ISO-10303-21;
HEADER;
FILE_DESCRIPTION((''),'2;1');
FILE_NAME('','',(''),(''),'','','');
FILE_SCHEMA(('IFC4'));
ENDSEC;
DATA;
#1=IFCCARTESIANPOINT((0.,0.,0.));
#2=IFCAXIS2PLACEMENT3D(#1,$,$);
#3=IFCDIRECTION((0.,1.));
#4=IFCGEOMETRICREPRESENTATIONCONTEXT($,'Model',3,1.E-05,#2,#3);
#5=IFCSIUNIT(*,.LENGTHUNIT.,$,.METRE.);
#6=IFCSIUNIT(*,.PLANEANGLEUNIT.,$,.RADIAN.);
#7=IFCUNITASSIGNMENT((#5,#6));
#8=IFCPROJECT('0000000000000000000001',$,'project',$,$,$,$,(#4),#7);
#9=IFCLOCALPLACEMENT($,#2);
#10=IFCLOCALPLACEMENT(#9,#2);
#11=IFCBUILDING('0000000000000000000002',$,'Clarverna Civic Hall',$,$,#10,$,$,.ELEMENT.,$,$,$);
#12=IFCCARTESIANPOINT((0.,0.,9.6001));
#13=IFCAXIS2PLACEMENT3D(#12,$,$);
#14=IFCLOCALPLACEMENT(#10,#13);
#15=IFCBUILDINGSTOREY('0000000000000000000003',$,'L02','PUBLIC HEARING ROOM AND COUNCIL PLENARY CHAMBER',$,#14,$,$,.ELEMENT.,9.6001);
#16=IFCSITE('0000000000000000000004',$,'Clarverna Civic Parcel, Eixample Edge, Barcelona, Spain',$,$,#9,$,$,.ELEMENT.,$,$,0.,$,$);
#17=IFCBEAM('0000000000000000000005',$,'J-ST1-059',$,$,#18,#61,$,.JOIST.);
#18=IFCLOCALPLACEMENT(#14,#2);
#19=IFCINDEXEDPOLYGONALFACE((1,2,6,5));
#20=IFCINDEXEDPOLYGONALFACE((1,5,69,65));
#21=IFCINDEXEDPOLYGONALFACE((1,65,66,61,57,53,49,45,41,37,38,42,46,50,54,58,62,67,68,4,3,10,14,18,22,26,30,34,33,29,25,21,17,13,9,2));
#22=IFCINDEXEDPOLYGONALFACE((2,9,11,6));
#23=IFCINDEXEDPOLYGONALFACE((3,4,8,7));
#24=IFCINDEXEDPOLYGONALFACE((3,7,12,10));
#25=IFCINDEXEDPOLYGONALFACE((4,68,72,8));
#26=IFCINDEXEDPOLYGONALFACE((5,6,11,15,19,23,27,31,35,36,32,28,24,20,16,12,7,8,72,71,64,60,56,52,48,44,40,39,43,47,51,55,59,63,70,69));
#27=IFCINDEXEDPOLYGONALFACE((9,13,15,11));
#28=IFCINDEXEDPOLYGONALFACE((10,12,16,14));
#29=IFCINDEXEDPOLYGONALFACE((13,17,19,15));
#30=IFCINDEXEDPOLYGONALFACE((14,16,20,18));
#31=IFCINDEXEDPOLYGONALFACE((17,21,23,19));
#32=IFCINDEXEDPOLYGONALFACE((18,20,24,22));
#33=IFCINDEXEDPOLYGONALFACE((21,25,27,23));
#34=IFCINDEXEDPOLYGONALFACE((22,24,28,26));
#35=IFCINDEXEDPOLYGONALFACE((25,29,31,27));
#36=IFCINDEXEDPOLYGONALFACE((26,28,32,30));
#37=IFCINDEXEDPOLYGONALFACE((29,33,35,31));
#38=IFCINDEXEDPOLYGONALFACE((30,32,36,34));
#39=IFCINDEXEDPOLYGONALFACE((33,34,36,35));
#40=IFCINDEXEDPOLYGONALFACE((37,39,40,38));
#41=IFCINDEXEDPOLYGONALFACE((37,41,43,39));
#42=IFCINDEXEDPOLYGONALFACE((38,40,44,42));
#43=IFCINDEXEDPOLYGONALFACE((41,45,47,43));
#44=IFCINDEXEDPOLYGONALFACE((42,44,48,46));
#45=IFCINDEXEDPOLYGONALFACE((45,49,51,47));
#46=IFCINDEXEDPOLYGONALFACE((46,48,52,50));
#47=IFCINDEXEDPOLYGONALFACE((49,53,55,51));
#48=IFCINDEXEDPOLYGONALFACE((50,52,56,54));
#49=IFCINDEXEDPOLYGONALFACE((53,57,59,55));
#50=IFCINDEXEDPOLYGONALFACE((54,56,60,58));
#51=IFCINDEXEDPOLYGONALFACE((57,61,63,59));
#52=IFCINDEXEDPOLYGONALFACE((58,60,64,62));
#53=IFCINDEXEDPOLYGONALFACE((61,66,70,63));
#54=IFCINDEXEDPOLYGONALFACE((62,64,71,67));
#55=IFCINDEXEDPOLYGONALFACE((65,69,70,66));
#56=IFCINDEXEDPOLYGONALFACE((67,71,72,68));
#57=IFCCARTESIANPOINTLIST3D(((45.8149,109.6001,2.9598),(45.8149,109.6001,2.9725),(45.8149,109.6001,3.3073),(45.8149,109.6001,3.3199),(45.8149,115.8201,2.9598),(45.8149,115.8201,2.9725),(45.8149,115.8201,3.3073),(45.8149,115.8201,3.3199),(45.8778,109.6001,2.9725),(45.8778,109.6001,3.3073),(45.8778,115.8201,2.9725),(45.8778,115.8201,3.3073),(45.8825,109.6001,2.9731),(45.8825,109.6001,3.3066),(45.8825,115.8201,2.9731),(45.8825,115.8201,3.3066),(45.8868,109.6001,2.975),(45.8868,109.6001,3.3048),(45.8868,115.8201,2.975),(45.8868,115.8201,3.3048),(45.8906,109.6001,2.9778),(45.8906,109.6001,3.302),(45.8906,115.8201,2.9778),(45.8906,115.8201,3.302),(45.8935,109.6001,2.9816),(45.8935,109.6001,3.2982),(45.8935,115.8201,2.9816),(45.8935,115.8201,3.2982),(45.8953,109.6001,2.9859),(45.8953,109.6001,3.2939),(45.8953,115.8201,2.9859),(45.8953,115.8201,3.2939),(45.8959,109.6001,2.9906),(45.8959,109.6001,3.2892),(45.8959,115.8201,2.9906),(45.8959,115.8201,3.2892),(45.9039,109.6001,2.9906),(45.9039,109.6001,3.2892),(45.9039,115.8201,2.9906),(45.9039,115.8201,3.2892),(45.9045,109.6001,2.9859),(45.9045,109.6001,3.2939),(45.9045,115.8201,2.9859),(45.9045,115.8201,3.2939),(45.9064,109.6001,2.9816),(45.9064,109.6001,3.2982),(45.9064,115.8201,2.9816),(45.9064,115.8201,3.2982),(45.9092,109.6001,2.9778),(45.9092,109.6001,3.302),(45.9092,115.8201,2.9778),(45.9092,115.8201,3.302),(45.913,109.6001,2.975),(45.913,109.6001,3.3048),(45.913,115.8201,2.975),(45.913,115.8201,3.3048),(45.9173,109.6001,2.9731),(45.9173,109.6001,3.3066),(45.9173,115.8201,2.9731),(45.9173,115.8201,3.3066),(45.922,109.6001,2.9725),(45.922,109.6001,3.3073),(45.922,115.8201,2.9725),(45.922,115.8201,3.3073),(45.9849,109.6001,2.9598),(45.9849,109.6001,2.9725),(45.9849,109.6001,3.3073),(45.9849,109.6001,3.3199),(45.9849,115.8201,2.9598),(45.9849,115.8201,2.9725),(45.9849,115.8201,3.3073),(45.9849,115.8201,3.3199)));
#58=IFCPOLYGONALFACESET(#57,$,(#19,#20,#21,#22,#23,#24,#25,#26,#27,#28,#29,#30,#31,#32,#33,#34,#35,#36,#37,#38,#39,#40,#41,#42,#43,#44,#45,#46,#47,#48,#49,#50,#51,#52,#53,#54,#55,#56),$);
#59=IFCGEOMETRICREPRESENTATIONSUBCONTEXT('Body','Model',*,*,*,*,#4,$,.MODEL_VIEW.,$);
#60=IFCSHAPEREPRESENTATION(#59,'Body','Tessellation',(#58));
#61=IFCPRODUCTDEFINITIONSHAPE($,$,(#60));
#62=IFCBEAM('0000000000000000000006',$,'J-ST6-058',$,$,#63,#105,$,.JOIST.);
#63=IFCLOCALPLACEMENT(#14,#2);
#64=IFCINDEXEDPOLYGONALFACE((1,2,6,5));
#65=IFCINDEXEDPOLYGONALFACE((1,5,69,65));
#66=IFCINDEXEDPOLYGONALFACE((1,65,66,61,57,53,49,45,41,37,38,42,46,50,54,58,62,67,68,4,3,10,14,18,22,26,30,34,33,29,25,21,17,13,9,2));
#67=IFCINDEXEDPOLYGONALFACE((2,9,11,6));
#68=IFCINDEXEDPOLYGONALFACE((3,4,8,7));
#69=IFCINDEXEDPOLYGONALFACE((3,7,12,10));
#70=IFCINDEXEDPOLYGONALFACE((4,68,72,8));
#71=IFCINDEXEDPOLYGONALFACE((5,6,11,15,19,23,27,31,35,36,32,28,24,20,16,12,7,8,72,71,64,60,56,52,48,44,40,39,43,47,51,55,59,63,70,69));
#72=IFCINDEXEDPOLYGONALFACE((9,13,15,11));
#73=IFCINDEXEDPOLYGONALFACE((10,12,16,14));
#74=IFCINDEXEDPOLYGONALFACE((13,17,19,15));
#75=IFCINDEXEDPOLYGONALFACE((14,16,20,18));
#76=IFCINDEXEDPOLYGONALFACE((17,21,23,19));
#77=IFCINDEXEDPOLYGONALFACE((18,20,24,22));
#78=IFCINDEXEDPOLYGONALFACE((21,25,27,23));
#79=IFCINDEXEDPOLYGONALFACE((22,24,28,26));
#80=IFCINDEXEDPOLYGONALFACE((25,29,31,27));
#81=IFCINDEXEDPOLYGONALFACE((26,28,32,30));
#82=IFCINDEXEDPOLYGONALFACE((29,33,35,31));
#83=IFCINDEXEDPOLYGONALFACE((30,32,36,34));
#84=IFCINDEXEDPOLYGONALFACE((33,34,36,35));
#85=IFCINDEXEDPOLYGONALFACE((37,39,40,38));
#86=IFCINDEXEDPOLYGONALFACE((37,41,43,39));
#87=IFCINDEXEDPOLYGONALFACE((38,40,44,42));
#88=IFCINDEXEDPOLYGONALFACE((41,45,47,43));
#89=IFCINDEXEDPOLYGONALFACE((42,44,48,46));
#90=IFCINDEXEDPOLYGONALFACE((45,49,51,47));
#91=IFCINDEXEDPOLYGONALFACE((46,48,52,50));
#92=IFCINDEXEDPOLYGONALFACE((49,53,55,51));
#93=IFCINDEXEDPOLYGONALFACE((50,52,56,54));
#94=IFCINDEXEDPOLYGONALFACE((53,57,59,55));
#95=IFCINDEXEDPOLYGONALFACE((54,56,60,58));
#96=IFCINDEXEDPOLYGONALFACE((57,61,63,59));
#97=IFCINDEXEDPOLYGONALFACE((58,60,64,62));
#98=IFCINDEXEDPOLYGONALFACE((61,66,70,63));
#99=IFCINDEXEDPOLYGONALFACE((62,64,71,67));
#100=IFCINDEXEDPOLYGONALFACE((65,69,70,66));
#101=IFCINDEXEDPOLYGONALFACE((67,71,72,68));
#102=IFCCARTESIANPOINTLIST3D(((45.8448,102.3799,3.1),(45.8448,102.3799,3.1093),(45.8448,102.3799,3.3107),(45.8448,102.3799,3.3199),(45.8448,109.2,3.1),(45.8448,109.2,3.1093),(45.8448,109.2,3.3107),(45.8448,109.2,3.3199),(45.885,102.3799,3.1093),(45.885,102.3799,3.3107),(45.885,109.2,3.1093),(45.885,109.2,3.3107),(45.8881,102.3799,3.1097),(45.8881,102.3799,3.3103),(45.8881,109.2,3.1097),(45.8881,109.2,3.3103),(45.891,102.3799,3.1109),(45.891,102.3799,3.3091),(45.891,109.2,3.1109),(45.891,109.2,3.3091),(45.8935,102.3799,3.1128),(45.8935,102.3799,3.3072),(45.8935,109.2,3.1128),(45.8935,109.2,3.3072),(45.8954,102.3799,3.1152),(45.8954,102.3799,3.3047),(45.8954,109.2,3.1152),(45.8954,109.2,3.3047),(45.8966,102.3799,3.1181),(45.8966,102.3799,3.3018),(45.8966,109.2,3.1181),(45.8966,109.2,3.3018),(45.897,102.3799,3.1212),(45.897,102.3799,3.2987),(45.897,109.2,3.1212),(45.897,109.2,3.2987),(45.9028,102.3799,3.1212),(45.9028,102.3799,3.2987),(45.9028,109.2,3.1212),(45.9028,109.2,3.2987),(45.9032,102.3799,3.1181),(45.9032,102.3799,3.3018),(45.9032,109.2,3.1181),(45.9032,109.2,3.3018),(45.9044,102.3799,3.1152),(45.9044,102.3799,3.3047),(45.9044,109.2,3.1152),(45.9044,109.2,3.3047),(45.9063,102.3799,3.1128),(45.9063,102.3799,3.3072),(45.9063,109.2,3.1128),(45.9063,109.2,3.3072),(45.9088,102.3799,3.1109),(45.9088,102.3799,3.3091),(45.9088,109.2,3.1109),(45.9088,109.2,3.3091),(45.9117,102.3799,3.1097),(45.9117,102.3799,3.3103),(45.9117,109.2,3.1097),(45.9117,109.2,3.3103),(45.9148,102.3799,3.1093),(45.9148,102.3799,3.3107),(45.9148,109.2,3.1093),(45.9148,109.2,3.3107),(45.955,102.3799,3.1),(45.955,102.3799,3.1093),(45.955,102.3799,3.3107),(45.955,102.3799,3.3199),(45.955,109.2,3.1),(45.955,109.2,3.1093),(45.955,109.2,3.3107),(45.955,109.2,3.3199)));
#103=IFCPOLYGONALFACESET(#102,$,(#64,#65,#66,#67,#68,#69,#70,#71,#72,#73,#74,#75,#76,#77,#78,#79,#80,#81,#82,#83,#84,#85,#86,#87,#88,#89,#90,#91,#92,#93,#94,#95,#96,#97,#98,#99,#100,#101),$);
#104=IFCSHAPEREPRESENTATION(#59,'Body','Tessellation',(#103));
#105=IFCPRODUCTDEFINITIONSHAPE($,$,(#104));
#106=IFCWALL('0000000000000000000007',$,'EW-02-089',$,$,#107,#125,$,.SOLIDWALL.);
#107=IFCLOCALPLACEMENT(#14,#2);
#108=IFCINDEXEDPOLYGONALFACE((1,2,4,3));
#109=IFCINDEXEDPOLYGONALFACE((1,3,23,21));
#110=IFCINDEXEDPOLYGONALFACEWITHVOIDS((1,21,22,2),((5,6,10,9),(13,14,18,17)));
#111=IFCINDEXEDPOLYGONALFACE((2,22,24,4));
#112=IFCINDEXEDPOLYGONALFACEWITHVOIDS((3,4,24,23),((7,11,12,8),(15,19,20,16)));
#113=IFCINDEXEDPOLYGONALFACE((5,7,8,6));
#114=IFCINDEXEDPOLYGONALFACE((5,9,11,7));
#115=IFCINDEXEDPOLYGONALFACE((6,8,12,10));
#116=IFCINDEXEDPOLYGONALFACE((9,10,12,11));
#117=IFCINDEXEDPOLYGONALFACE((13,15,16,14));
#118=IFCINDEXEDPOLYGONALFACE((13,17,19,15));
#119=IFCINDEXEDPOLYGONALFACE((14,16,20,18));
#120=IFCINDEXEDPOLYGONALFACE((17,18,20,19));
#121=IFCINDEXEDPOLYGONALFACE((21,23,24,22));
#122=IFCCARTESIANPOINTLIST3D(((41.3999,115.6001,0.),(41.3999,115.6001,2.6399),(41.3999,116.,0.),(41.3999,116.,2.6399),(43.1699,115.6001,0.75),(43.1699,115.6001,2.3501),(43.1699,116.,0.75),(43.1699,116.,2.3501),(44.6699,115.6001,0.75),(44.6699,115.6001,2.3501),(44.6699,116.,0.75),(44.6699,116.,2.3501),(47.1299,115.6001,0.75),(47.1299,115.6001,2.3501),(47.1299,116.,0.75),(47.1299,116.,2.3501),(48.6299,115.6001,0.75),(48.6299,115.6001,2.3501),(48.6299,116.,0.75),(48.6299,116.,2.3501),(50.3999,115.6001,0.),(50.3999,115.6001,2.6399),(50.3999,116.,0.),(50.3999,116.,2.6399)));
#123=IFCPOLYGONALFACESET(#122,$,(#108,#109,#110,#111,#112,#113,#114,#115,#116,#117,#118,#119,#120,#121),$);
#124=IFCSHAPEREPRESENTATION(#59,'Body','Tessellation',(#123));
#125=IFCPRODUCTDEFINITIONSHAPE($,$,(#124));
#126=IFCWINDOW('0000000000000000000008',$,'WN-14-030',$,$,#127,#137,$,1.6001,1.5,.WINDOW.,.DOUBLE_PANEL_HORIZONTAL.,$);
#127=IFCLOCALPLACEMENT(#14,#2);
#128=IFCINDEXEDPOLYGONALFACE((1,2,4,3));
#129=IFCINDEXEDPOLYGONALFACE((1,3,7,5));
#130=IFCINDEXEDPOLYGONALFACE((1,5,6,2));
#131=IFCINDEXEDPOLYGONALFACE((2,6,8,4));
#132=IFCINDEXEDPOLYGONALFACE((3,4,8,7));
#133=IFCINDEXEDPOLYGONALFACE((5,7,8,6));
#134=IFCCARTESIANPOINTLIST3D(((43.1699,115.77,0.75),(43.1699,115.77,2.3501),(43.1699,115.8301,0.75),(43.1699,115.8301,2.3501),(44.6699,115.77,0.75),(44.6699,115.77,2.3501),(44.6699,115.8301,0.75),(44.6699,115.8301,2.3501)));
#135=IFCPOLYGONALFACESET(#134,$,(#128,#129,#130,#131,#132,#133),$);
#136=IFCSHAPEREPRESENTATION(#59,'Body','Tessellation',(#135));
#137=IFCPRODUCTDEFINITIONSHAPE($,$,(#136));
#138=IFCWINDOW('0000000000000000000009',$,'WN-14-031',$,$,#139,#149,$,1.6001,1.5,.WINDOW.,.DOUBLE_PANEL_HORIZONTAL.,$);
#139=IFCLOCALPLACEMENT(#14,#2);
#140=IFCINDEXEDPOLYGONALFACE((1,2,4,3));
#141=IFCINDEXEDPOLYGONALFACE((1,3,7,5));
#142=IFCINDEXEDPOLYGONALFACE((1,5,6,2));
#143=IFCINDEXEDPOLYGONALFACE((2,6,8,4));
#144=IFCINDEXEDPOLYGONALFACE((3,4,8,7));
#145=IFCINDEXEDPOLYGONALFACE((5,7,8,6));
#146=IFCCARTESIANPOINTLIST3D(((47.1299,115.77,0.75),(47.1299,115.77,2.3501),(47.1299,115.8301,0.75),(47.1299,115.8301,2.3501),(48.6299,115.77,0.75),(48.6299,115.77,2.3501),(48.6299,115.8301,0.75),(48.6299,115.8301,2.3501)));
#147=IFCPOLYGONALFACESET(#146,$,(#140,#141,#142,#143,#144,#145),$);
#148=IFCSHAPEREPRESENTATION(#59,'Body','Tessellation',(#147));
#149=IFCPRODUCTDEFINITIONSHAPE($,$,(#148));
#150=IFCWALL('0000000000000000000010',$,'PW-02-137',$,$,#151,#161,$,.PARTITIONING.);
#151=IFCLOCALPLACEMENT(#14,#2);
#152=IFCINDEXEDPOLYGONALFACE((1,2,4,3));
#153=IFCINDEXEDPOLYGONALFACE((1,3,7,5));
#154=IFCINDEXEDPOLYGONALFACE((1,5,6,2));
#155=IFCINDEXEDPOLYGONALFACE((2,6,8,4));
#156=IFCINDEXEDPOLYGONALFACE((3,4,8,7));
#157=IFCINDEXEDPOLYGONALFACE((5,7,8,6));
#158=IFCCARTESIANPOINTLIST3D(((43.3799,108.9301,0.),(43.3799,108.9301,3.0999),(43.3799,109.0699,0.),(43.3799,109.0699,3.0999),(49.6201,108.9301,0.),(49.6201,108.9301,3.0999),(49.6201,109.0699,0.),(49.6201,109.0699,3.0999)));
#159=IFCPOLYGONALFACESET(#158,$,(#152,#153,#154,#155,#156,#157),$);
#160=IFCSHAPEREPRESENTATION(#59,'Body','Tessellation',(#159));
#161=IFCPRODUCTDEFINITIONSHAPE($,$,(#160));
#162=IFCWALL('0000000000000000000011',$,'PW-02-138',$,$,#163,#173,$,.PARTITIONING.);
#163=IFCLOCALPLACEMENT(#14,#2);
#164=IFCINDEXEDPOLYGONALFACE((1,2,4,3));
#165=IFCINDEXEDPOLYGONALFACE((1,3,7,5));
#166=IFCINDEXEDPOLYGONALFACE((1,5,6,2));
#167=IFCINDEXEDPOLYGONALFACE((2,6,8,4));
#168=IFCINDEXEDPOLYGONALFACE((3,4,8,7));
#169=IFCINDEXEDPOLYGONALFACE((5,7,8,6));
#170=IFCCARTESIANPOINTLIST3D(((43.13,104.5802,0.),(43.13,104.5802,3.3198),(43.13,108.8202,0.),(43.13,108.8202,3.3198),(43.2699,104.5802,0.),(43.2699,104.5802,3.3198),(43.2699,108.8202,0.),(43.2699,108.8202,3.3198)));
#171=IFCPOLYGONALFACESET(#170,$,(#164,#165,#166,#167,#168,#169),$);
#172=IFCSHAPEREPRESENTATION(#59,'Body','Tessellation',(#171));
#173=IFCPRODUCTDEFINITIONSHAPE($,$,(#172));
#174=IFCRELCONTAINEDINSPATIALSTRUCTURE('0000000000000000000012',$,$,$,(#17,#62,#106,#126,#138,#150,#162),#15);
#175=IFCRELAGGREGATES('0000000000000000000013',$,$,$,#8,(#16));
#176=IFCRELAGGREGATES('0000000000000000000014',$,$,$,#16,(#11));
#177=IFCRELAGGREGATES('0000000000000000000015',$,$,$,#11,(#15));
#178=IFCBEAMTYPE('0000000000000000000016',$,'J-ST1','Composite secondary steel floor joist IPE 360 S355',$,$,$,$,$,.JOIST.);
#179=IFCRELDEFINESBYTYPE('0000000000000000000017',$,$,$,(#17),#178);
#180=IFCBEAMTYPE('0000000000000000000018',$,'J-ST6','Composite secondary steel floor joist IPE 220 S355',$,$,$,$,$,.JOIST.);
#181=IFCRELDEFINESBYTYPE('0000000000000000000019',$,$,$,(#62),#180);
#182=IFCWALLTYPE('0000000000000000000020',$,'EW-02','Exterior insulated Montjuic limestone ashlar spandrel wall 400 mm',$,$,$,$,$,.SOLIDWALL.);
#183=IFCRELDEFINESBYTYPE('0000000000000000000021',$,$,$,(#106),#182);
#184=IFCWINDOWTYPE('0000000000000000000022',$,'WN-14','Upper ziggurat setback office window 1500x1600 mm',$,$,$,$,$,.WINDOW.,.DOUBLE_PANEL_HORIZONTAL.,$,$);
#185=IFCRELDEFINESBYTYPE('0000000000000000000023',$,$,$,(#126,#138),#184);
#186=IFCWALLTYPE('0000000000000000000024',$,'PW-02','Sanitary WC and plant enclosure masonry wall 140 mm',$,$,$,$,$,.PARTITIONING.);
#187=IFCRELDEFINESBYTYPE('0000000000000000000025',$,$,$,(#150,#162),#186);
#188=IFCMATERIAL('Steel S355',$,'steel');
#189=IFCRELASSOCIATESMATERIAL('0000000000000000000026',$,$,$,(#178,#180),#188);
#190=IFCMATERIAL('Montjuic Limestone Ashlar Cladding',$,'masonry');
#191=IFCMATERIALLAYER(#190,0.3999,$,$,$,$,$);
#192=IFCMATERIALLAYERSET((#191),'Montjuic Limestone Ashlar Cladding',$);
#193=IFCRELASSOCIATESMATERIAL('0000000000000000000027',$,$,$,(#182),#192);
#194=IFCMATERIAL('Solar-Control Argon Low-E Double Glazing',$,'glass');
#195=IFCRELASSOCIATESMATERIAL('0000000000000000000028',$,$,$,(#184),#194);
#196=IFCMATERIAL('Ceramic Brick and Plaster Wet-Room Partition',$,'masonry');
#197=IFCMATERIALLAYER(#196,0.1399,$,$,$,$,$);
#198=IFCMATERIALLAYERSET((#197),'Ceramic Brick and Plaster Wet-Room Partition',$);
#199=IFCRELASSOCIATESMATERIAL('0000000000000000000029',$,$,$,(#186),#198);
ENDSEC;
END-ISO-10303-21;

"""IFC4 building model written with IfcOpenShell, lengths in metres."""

from ifc_helpers import new_model, si_unit, direction, frame, frame_2d, origin, origin_2d, place, context, subcontext, project, spatial, rectangle, i_section, extrude, material, layer, layer_set, material_profile, profile_set, type_object, element, fill, save


model = new_model("IFC4")

# Units and contexts
model_context = context("Model", 3, precision=1e-05, world=origin(), true_north=direction((0.0, 1.0)))
body_context = subcontext(model_context, "Body", "Model", "MODEL_VIEW")
ifc_project = project(units=[si_unit("LENGTHUNIT", "METRE"), si_unit("PLANEANGLEUNIT", "RADIAN")], contexts=[model_context])

# Site, building, storey
site_placement = place(None, origin())
site = spatial("IfcSite", under=ifc_project, at=site_placement, Name="Clarverna Civic Parcel, Eixample Edge, Barcelona, Spain", CompositionType="ELEMENT", RefElevation=0.0)
building_placement = place(site_placement, origin())
building = spatial("IfcBuilding", under=site, at=building_placement, Name="Clarverna Civic Hall", CompositionType="ELEMENT")
storey_placement = place(building_placement, frame((0.0, 0.0, 9.6001)))
storey = spatial("IfcBuildingStorey", under=building, at=storey_placement, Name="L02", Description="PUBLIC HEARING ROOM AND COUNCIL PLENARY CHAMBER", CompositionType="ELEMENT", Elevation=9.6001)

# Shared definitions
ifc_material_1 = material(Name="Steel S355", Category="steel")

# Beams
ifc_material_profile_1 = material_profile(ifc_material_1, i_section(OverallWidth=0.1699, OverallDepth=0.3601, WebThickness=0.0081, FlangeThickness=0.0127, FilletRadius=0.0181, at=origin_2d()), Name="IPE 360")
ifc_profile_set_1 = profile_set([ifc_material_profile_1], Name="Steel S355")
beam_type_1 = type_object("IfcBeamType", Name="J-ST1", Description="Composite secondary steel floor joist IPE 360 S355", PredefinedType="JOIST", material=ifc_profile_set_1)
beam_1_placement = place(storey_placement, frame((45.8999, 109.6001, 3.1399), z_axis=(0.0, 1.0, 0.0), x_axis=(-1.0, 0.0, 0.0)))
element("IfcBeam", 1, at=beam_1_placement, inside=storey, type_object=beam_type_1, Name="J-ST1-059", PredefinedType="JOIST", context=body_context, shape_type="SweptSolid", body=[
    extrude(i_section(OverallWidth=0.1699, OverallDepth=0.3601, WebThickness=0.0081, FlangeThickness=0.0127, FilletRadius=0.0181, at=origin_2d()), origin(), (0.0, 0.0, 1.0), 6.22),
])
ifc_material_profile_2 = material_profile(ifc_material_1, i_section(OverallWidth=0.1101, OverallDepth=0.22, WebThickness=0.0059, FlangeThickness=0.0093, FilletRadius=0.012, at=origin_2d()), Name="IPE 220")
ifc_profile_set_2 = profile_set([ifc_material_profile_2], Name="Steel S355")
beam_type_2 = type_object("IfcBeamType", Name="J-ST6", Description="Composite secondary steel floor joist IPE 220 S355", PredefinedType="JOIST", material=ifc_profile_set_2)
beam_2_placement = place(storey_placement, frame((45.8999, 102.3799, 3.21), z_axis=(0.0, 1.0, 0.0), x_axis=(-1.0, 0.0, 0.0)))
element("IfcBeam", 2, at=beam_2_placement, inside=storey, type_object=beam_type_2, Name="J-ST6-058", PredefinedType="JOIST", context=body_context, shape_type="SweptSolid", body=[
    extrude(i_section(OverallWidth=0.1101, OverallDepth=0.22, WebThickness=0.0059, FlangeThickness=0.0093, FilletRadius=0.012, at=origin_2d()), origin(), (0.0, 0.0, 1.0), 6.8201),
])

# Wall, openings, windows
ifc_material_2 = material(Name="Montjuic Limestone Ashlar Cladding", Category="masonry")
ifc_layer_1 = layer(ifc_material_2, 0.3999)
ifc_layer_set_1 = layer_set([ifc_layer_1], Name="Montjuic Limestone Ashlar Cladding")
wall_type_1 = type_object("IfcWallType", Name="EW-02", Description="Exterior insulated Montjuic limestone ashlar spandrel wall 400 mm", PredefinedType="SOLIDWALL", material=ifc_layer_set_1)
wall_1_placement = place(storey_placement, frame((41.3999, 115.8, 0.0), z_axis=(0.0, 0.0, 1.0), x_axis=(1.0, 0.0, 0.0)))
wall_1 = element("IfcWall", 3, at=wall_1_placement, inside=storey, type_object=wall_type_1, Name="EW-02-089", PredefinedType="SOLIDWALL", context=body_context, shape_type="SweptSolid", body=[
    extrude(rectangle(XDim=9.0, YDim=0.3999, at=frame_2d((4.5, 0.0))), origin(), (0.0, 0.0, 1.0), 2.6399),
])
opening_1_placement = place(wall_1_placement, frame((1.77, 0.0, 0.75)))
opening_1 = element("IfcOpeningElement", 4, at=opening_1_placement, cuts=wall_1, PredefinedType="OPENING", context=body_context, shape_type="SweptSolid", body=[
    extrude(rectangle(XDim=1.5, YDim=1.6001, at=frame_2d((0.75, 0.8))), frame((0.0, 0.21, 0.0), z_axis=(0.0, -1.0, 0.0), x_axis=(1.0, 0.0, 0.0)), (0.0, 0.0, 1.0), 0.4199),
])
opening_2_placement = place(wall_1_placement, frame((5.73, 0.0, 0.75)))
opening_2 = element("IfcOpeningElement", 5, at=opening_2_placement, cuts=wall_1, PredefinedType="OPENING", context=body_context, shape_type="SweptSolid", body=[
    extrude(rectangle(XDim=1.5, YDim=1.6001, at=frame_2d((0.75, 0.8))), frame((0.0, 0.21, 0.0), z_axis=(0.0, -1.0, 0.0), x_axis=(1.0, 0.0, 0.0)), (0.0, 0.0, 1.0), 0.4199),
])
ifc_material_3 = material(Name="Solar-Control Argon Low-E Double Glazing", Category="glass")
window_type = type_object("IfcWindowType", Name="WN-14", Description="Upper ziggurat setback office window 1500x1600 mm", PartitioningType="DOUBLE_PANEL_HORIZONTAL", PredefinedType="WINDOW", material=ifc_material_3)
window_1_placement = place(opening_1_placement, origin())
window_1 = element("IfcWindow", 6, at=window_1_placement, inside=storey, type_object=window_type, Name="WN-14-030", OverallHeight=1.6001, OverallWidth=1.5, PartitioningType="DOUBLE_PANEL_HORIZONTAL", PredefinedType="WINDOW", context=body_context, shape_type="SweptSolid", body=[
    extrude(rectangle(XDim=1.5, YDim=1.6001, at=frame_2d((0.75, 0.8))), frame((0.0, 0.03, 0.0), z_axis=(0.0, -1.0, 0.0), x_axis=(1.0, 0.0, 0.0)), (0.0, 0.0, 1.0), 0.0601),
])
fill(opening_1, window_1)
window_2_placement = place(opening_2_placement, origin())
window_2 = element("IfcWindow", 7, at=window_2_placement, inside=storey, type_object=window_type, Name="WN-14-031", OverallHeight=1.6001, OverallWidth=1.5, PartitioningType="DOUBLE_PANEL_HORIZONTAL", PredefinedType="WINDOW", context=body_context, shape_type="SweptSolid", body=[
    extrude(rectangle(XDim=1.5, YDim=1.6001, at=frame_2d((0.75, 0.8))), frame((0.0, 0.03, 0.0), z_axis=(0.0, -1.0, 0.0), x_axis=(1.0, 0.0, 0.0)), (0.0, 0.0, 1.0), 0.0601),
])
fill(opening_2, window_2)

# Walls
ifc_material_4 = material(Name="Ceramic Brick and Plaster Wet-Room Partition", Category="masonry")
ifc_layer_2 = layer(ifc_material_4, 0.1399)
ifc_layer_set_2 = layer_set([ifc_layer_2], Name="Ceramic Brick and Plaster Wet-Room Partition")
wall_type_2 = type_object("IfcWallType", Name="PW-02", Description="Sanitary WC and plant enclosure masonry wall 140 mm", PredefinedType="PARTITIONING", material=ifc_layer_set_2)
wall_2_placement = place(storey_placement, frame((43.3799, 109.0, 0.0), z_axis=(0.0, 0.0, 1.0), x_axis=(1.0, 0.0, 0.0)))
element("IfcWall", 8, at=wall_2_placement, inside=storey, type_object=wall_type_2, Name="PW-02-137", PredefinedType="PARTITIONING", context=body_context, shape_type="SweptSolid", body=[
    extrude(rectangle(XDim=6.2402, YDim=0.1399, at=frame_2d((3.1201, 0.0))), origin(), (0.0, 0.0, 1.0), 3.0999),
])
for number, where, z_axis, x_axis, name in (
    (9, (43.2, 104.5801, 0.0), (0.0, 0.0, 1.0), (0.0, 1.0, 0.0), "PW-02-138"),
):
    element("IfcWall", number, at=place(storey_placement, frame(where, z_axis=z_axis, x_axis=x_axis)), inside=storey, type_object=wall_type_2, Name=name, PredefinedType="PARTITIONING", context=body_context, shape_type="SweptSolid", body=[
        extrude(rectangle(XDim=4.24, YDim=0.1399, at=frame_2d((2.1201, 0.0))), origin(), (0.0, 0.0, 1.0), 3.3198),
    ])

save(model, "model.ifc")
